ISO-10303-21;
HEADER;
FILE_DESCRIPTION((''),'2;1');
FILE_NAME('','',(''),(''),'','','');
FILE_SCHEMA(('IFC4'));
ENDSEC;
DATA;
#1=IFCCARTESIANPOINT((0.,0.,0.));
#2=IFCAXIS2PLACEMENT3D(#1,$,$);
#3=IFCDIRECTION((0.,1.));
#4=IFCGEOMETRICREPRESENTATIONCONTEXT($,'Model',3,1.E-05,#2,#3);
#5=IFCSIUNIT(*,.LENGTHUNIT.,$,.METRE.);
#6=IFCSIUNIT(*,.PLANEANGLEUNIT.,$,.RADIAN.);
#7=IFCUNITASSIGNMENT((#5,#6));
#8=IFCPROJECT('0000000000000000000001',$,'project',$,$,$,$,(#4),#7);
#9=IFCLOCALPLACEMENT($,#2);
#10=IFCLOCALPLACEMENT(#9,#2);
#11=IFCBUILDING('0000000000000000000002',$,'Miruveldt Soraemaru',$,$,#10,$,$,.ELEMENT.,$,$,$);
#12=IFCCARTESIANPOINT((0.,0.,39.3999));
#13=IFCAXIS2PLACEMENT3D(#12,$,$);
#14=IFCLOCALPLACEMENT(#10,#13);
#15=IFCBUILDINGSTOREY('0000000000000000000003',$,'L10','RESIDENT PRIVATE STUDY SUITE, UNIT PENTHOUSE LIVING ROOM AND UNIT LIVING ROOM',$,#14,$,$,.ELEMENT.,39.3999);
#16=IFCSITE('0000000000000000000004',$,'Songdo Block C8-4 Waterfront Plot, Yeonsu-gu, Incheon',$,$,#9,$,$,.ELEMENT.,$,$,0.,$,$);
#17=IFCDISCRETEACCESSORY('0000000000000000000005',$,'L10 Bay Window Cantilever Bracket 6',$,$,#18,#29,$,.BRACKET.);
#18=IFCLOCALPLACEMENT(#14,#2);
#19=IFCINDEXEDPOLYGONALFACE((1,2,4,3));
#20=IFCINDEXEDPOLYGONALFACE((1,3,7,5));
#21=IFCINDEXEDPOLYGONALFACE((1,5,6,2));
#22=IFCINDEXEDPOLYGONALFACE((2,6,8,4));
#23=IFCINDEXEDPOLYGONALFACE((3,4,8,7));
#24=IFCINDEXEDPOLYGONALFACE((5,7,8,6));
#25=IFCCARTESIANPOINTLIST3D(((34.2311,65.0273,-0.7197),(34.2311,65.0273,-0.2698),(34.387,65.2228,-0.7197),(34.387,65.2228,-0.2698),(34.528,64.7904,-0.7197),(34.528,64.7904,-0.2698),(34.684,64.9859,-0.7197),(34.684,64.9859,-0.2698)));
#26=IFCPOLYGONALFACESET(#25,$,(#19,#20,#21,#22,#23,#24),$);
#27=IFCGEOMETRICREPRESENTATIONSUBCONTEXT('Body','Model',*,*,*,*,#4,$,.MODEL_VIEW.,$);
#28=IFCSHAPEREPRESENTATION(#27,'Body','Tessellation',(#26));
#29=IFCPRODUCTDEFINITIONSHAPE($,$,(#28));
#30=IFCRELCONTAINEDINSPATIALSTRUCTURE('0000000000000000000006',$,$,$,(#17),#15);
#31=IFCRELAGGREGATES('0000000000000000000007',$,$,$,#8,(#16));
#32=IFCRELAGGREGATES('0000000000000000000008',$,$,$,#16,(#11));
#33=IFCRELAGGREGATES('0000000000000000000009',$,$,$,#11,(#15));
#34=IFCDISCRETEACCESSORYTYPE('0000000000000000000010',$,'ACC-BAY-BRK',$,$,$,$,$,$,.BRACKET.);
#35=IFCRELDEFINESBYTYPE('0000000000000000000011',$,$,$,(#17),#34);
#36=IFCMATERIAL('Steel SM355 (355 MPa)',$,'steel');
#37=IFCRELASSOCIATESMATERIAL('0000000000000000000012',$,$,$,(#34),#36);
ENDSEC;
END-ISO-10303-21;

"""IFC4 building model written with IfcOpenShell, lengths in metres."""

from ifc_helpers import new_model, si_unit, direction, frame, origin, origin_2d, place, context, subcontext, project, spatial, rectangle, extrude, material, type_object, element, save


model = new_model("IFC4")

# Units and contexts
model_context = context("Model", 3, precision=1e-05, world=origin(), true_north=direction((0.0, 1.0)))
body_context = subcontext(model_context, "Body", "Model", "MODEL_VIEW")
ifc_project = project(units=[si_unit("LENGTHUNIT", "METRE"), si_unit("PLANEANGLEUNIT", "RADIAN")], contexts=[model_context])

# Site, building, storey
site_placement = place(None, origin())
site = spatial("IfcSite", under=ifc_project, at=site_placement, Name="Songdo Block C8-4 Waterfront Plot, Yeonsu-gu, Incheon", CompositionType="ELEMENT", RefElevation=0.0)
building_placement = place(site_placement, origin())
building = spatial("IfcBuilding", under=site, at=building_placement, Name="Miruveldt Soraemaru", CompositionType="ELEMENT")
storey_placement = place(building_placement, frame((0.0, 0.0, 39.3999)))
storey = spatial("IfcBuildingStorey", under=building, at=storey_placement, Name="L10", Description="RESIDENT PRIVATE STUDY SUITE, UNIT PENTHOUSE LIVING ROOM AND UNIT LIVING ROOM", CompositionType="ELEMENT", Elevation=39.3999)

# Discrete accessory
ifc_material_1 = material(Name="Steel SM355 (355 MPa)", Category="steel")
discrete_accessory_type = type_object("IfcDiscreteAccessoryType", Name="ACC-BAY-BRK", PredefinedType="BRACKET", material=ifc_material_1)
discrete_accessory_placement = place(storey_placement, frame((34.4575, 65.0066, -0.7197), z_axis=(0.0, 0.0, 1.0), x_axis=(-0.781727, 0.62362, 0.0)))
element("IfcDiscreteAccessory", 1, at=discrete_accessory_placement, inside=storey, type_object=discrete_accessory_type, Name="L10 Bay Window Cantilever Bracket 6", PredefinedType="BRACKET", context=body_context, shape_type="SweptSolid", body=[
    extrude(rectangle(XDim=0.3799, YDim=0.25, at=origin_2d()), origin(), (0.0, 0.0, 1.0), 0.45),
])

save(model, "model.ifc")
